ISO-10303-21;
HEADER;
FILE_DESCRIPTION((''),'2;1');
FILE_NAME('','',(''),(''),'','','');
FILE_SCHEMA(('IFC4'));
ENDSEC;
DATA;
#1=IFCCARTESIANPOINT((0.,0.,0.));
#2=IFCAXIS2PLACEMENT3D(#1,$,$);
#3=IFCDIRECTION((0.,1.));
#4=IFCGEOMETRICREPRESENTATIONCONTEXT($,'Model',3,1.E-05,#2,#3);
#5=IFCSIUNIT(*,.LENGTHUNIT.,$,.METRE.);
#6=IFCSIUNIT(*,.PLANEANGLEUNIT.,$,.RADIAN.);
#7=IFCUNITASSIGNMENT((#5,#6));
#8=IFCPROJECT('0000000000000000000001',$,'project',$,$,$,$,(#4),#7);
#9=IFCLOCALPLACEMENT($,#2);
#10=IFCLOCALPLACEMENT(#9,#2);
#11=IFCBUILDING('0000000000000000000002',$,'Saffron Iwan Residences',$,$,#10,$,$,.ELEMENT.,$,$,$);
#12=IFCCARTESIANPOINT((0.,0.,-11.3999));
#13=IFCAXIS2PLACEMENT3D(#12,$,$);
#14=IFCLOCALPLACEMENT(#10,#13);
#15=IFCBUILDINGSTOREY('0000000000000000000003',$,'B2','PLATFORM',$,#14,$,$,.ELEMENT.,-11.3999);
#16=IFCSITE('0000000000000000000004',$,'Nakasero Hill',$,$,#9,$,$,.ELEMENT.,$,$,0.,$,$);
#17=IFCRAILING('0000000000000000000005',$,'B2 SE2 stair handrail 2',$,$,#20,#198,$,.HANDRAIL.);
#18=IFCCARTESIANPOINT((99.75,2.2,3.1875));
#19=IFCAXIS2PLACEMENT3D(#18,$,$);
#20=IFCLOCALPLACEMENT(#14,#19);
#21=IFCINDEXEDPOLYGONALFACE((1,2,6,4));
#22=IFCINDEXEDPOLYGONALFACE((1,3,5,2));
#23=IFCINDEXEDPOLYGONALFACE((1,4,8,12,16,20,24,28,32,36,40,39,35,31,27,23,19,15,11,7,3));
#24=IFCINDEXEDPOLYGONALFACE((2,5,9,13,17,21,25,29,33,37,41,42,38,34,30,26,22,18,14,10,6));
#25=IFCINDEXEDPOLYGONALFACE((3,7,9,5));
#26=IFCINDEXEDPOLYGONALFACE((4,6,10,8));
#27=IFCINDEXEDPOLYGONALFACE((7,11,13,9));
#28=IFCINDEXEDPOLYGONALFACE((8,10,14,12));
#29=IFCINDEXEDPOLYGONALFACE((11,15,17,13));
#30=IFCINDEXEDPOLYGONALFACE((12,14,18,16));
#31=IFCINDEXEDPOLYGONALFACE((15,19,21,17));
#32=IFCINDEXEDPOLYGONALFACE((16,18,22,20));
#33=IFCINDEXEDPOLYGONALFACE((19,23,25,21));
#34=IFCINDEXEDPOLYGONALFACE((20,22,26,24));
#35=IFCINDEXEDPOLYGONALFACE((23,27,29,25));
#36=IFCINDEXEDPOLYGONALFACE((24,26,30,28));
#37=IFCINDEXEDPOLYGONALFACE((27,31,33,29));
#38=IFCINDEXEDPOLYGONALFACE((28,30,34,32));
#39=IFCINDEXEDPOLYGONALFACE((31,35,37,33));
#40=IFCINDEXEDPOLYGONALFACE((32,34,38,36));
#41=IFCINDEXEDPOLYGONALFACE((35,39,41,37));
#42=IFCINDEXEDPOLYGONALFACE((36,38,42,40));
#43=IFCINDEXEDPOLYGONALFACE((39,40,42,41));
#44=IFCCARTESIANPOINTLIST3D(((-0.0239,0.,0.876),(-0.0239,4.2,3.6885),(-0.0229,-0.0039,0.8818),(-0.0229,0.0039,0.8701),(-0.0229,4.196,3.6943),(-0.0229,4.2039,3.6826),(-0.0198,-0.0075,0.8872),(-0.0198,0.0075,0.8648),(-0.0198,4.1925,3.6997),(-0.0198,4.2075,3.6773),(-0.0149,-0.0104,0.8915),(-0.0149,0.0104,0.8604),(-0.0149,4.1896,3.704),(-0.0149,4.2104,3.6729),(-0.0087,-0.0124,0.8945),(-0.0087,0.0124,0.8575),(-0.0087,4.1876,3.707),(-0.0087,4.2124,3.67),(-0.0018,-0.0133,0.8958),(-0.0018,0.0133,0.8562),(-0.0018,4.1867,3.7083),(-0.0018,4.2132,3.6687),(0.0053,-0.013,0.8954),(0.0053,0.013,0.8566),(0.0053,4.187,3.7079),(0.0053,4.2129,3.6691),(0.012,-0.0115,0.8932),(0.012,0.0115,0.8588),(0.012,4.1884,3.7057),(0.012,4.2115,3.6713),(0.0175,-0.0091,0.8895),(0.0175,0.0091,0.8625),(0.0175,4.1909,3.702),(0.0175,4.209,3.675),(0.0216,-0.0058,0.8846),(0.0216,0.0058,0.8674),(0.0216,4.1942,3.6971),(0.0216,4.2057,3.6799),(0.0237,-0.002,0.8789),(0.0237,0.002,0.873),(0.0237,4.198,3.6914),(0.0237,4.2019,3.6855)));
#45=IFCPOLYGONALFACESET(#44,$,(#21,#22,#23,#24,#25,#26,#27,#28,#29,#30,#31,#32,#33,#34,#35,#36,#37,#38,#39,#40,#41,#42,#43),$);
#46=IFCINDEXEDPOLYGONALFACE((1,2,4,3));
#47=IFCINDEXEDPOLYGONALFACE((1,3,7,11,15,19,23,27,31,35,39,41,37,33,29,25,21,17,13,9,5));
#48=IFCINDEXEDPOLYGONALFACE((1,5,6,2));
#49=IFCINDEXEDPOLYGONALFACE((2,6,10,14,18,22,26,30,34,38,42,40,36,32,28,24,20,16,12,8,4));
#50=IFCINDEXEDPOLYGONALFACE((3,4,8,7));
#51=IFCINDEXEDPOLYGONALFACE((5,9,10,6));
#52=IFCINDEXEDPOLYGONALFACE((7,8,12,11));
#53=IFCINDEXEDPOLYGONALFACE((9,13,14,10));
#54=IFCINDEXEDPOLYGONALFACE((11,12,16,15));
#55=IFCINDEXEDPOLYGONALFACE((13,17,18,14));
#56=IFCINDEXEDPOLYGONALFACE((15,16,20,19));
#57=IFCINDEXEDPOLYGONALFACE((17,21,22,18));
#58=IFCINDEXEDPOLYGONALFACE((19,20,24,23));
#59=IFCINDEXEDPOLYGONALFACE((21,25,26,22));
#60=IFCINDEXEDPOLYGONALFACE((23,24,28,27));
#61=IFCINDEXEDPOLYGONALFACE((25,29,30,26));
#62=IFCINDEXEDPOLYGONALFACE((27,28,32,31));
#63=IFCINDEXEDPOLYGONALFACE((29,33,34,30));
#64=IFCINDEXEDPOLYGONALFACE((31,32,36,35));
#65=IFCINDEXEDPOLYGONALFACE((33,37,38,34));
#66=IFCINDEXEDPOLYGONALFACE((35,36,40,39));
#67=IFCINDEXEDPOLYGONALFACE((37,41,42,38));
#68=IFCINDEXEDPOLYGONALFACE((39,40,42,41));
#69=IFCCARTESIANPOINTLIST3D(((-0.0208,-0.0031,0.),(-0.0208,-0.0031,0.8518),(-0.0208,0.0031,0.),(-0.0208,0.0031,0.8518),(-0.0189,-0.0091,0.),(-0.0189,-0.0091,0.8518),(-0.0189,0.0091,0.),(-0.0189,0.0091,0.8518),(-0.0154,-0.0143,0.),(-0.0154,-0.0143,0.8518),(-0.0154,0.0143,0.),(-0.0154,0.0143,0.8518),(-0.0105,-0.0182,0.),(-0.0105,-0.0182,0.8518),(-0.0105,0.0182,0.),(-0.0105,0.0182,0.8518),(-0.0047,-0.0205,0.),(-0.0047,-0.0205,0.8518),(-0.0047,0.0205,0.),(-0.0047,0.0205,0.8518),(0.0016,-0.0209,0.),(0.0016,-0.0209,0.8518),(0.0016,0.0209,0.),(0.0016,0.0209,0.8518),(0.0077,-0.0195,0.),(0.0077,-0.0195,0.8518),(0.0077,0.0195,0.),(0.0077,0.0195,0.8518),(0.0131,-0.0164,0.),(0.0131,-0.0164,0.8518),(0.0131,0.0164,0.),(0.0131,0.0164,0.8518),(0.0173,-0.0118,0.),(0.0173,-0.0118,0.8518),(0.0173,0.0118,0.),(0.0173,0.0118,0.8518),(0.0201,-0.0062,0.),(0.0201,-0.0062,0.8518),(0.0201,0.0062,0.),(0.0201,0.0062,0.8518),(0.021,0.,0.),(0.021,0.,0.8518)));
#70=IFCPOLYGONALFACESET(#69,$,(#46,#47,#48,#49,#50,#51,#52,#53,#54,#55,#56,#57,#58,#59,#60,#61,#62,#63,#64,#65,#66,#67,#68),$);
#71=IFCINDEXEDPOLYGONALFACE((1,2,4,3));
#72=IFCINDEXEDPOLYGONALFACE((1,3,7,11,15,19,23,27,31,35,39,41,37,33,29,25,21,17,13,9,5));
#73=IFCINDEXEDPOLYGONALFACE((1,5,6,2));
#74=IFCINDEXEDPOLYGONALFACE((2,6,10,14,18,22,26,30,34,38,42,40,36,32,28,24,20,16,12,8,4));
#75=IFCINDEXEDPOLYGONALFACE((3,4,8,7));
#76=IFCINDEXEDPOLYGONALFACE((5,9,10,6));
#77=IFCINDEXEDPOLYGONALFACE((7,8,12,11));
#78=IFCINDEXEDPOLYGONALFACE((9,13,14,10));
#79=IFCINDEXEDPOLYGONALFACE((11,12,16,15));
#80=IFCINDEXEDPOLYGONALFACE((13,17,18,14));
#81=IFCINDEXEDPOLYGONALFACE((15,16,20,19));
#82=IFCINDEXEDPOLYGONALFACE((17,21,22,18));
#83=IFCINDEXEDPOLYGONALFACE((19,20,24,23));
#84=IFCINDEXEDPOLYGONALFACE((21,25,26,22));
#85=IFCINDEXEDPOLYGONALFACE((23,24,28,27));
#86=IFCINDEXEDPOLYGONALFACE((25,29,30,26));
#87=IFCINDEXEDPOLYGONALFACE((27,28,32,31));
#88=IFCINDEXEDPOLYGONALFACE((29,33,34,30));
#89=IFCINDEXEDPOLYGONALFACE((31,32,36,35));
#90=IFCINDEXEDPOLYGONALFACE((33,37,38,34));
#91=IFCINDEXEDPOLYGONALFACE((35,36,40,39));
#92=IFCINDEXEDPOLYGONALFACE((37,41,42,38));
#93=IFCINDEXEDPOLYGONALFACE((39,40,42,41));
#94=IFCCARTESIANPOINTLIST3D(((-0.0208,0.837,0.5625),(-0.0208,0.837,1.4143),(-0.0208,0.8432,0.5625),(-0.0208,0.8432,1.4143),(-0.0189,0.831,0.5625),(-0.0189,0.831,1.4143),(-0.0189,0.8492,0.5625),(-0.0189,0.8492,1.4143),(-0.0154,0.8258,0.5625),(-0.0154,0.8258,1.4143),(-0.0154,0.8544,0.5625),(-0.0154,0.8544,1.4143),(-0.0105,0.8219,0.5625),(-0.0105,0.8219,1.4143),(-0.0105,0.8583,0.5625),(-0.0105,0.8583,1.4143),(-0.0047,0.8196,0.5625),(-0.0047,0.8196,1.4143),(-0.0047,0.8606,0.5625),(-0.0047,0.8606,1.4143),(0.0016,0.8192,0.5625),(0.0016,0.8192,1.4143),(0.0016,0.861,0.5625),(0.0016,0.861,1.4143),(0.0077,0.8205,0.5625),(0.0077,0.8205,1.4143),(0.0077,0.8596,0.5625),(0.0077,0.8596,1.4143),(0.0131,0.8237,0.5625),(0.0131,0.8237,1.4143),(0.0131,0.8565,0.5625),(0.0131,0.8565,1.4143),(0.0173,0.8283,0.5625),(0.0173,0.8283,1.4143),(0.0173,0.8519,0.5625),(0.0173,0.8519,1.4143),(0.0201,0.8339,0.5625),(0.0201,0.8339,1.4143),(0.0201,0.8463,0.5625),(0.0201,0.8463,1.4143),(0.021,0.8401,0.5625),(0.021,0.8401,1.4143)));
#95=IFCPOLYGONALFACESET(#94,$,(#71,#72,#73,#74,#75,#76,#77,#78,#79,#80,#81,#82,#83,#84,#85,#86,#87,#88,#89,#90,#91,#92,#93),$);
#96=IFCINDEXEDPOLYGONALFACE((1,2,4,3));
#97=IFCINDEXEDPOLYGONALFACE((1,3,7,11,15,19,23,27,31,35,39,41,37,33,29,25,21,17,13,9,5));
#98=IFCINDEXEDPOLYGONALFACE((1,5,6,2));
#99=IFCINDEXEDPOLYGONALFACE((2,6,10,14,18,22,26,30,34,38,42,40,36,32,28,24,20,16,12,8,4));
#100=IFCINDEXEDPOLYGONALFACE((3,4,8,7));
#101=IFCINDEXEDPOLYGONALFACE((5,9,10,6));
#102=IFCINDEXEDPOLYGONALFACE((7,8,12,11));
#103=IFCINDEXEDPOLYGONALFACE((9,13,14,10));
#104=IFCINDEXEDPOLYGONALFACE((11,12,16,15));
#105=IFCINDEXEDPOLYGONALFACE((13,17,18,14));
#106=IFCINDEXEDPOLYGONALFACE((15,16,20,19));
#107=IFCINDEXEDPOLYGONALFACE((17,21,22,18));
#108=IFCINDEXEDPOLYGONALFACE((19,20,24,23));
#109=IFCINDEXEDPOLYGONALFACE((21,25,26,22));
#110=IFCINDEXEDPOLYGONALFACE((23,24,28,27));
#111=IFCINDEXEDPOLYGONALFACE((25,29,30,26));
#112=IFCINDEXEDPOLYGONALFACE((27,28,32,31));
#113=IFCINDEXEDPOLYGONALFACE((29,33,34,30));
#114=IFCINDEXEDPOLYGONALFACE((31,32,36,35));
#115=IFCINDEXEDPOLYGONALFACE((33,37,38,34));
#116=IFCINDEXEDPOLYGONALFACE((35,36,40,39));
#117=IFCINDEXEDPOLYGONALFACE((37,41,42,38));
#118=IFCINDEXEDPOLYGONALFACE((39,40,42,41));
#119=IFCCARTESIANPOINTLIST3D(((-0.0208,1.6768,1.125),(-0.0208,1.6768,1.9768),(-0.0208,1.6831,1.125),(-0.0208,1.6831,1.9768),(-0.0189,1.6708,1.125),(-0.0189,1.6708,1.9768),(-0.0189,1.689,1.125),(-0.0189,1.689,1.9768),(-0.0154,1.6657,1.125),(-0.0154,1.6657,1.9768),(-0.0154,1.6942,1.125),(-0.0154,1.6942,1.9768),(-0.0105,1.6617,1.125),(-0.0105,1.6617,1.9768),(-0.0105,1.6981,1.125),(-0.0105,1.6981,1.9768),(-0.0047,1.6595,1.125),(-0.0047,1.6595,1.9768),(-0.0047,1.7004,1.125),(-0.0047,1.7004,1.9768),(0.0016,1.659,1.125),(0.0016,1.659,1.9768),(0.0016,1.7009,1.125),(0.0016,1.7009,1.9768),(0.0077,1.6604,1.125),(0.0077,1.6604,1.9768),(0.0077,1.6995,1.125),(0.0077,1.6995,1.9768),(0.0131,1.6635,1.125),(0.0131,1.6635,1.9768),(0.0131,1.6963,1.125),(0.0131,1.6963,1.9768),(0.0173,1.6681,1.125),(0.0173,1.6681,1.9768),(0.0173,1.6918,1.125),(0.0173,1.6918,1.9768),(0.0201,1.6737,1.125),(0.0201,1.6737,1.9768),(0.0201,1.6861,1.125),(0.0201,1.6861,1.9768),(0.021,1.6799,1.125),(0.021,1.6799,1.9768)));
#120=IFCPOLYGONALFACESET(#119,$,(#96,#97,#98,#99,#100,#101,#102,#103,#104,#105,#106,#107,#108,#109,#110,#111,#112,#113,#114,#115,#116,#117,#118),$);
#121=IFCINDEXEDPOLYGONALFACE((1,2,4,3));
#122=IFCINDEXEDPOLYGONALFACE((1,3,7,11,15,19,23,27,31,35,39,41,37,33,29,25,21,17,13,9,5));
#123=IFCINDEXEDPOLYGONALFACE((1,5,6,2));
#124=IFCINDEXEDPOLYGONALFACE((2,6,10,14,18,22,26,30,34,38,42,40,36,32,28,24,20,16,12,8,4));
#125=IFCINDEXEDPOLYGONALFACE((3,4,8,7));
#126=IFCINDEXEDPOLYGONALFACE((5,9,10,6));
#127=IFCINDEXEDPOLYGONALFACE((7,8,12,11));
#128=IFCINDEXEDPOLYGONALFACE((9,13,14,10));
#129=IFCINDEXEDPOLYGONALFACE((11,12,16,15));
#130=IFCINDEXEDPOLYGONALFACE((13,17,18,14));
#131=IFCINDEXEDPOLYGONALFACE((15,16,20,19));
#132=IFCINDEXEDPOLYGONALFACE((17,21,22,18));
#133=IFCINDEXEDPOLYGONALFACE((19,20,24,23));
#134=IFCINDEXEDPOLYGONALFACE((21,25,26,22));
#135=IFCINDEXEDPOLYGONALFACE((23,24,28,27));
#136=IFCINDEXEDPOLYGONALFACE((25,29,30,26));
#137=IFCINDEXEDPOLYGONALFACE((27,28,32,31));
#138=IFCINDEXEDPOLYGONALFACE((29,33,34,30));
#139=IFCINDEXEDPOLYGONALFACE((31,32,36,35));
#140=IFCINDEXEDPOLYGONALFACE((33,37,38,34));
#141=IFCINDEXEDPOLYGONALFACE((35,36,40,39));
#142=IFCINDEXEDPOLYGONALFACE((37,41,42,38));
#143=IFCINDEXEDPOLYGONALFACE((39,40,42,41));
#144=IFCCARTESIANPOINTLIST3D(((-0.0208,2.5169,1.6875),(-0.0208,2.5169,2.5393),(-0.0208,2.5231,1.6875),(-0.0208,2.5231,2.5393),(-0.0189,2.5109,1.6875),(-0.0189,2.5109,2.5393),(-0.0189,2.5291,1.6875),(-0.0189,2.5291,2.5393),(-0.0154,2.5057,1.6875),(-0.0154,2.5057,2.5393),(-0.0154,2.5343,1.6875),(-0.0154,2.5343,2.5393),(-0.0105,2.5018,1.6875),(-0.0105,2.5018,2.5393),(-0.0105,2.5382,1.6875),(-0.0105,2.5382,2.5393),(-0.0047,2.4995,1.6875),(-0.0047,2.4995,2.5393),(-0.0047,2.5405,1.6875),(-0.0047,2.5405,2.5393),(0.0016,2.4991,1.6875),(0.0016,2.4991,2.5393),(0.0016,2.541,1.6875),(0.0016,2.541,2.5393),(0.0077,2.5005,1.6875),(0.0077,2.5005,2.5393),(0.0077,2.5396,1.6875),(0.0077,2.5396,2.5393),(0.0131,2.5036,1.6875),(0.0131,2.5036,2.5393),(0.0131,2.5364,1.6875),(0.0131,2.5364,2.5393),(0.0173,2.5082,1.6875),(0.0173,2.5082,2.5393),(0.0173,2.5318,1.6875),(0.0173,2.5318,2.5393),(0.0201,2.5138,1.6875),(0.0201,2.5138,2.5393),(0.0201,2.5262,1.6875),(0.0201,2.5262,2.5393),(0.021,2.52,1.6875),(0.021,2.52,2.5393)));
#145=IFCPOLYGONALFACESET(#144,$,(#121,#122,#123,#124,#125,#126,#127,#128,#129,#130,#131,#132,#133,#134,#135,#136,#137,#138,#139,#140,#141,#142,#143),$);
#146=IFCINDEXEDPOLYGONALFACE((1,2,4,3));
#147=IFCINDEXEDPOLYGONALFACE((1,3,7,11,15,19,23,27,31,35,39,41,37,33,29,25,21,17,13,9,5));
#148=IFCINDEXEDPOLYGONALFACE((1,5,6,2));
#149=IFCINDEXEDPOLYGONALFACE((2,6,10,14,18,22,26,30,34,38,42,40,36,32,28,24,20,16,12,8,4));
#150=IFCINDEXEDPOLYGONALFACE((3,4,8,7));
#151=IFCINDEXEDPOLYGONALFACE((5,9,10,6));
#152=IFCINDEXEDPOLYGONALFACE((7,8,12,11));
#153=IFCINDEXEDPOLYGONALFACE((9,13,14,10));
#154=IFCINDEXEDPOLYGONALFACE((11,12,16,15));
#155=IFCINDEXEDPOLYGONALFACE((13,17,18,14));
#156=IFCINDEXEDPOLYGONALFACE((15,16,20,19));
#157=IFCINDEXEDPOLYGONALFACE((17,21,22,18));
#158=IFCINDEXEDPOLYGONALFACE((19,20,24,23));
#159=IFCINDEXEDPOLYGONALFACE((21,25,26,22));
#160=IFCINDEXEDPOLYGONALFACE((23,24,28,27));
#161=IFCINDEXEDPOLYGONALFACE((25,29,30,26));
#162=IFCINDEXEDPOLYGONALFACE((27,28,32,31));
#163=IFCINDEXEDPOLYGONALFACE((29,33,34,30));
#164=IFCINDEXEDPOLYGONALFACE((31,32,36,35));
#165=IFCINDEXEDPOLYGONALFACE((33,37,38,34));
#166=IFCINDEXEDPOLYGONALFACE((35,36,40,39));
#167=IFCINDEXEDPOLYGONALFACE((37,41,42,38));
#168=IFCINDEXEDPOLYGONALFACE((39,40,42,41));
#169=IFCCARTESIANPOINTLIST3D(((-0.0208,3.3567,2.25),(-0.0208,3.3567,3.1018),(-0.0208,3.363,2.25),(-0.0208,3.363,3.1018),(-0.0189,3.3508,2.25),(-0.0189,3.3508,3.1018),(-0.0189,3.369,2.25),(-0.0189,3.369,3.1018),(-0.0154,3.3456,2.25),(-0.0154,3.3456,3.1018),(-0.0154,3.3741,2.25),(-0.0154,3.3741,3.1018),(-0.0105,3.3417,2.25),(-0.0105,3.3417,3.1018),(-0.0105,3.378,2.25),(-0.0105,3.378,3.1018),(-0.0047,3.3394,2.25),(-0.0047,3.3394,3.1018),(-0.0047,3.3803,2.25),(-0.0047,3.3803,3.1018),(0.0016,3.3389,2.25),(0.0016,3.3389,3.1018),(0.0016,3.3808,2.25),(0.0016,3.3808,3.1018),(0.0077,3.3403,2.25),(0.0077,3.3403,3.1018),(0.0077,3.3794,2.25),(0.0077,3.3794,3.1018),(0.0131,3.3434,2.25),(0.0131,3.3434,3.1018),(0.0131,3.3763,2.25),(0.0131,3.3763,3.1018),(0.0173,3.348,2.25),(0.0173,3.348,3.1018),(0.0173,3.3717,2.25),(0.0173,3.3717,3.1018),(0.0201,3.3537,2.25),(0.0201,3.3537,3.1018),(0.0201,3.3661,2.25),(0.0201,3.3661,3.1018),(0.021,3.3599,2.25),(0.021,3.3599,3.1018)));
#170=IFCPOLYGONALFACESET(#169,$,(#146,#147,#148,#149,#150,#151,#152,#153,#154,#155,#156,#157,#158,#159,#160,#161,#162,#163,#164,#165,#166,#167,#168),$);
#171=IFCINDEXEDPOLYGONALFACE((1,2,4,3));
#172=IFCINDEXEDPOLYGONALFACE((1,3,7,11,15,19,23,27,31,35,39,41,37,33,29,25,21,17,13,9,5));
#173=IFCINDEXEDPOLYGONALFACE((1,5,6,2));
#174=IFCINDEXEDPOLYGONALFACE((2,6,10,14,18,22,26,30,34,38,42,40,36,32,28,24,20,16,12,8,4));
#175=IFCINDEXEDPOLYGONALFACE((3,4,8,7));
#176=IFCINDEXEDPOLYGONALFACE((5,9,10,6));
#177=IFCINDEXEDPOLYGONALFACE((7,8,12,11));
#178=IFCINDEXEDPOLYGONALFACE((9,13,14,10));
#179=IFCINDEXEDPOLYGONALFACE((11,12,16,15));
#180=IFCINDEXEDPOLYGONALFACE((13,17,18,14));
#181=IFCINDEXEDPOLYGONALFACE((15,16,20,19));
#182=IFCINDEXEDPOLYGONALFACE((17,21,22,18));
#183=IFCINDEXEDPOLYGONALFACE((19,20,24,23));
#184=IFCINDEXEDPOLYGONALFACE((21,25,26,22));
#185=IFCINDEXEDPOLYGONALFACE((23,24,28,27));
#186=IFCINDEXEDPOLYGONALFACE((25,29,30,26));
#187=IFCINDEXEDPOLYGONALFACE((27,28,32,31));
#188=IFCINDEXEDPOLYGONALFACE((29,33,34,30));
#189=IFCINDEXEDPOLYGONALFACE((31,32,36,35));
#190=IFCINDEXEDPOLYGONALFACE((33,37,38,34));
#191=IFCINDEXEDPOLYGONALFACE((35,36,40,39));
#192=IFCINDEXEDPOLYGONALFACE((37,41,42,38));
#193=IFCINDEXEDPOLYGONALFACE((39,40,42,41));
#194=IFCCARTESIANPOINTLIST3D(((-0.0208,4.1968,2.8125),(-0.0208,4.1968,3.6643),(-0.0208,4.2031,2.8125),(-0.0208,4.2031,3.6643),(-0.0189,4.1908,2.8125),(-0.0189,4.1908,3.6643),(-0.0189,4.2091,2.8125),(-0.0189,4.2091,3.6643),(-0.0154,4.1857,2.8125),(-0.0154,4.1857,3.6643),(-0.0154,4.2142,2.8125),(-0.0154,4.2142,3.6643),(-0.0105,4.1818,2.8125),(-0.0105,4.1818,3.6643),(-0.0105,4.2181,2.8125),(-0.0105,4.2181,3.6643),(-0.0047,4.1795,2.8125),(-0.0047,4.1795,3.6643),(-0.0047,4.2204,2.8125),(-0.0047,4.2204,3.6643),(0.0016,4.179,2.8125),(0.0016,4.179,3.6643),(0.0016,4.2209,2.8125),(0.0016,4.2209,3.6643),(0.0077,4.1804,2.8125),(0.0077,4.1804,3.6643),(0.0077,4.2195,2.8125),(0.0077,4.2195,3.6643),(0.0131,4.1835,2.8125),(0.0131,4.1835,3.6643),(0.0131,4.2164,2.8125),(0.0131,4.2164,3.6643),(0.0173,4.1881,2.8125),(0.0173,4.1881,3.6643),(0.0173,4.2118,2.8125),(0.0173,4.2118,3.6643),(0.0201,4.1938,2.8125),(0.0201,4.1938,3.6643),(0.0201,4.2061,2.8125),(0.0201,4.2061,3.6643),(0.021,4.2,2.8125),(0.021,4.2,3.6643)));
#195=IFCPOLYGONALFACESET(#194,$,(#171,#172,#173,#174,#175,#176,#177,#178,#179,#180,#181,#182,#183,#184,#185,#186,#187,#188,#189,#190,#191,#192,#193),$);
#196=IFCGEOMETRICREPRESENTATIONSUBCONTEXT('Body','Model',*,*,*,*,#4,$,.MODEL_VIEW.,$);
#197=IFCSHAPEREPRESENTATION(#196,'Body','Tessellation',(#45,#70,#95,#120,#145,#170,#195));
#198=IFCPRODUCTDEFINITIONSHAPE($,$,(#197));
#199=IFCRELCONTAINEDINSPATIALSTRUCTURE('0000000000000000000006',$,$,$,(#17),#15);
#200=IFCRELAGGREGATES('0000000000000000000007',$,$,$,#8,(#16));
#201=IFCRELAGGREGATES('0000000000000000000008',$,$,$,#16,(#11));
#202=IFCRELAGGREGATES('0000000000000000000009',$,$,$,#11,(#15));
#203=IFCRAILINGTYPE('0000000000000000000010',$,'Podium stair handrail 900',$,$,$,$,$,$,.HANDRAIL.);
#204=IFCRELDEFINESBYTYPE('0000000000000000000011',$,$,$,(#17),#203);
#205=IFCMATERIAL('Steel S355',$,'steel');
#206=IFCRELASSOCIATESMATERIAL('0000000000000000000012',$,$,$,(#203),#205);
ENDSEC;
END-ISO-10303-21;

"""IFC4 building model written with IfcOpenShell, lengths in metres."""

from ifc_helpers import new_model, si_unit, direction, frame, origin, origin_2d, place, context, subcontext, project, spatial, circle, extrude, material, type_object, element, save


model = new_model("IFC4")

# Units and contexts
model_context = context("Model", 3, precision=1e-05, world=origin(), true_north=direction((0.0, 1.0)))
body_context = subcontext(model_context, "Body", "Model", "MODEL_VIEW")
ifc_project = project(units=[si_unit("LENGTHUNIT", "METRE"), si_unit("PLANEANGLEUNIT", "RADIAN")], contexts=[model_context])

# Site, building, storey
site_placement = place(None, origin())
site = spatial("IfcSite", under=ifc_project, at=site_placement, Name="Nakasero Hill", CompositionType="ELEMENT", RefElevation=0.0)
building_placement = place(site_placement, origin())
building = spatial("IfcBuilding", under=site, at=building_placement, Name="Saffron Iwan Residences", CompositionType="ELEMENT")
storey_placement = place(building_placement, frame((0.0, 0.0, -11.3999)))
storey = spatial("IfcBuildingStorey", under=building, at=storey_placement, Name="B2", Description="PLATFORM", CompositionType="ELEMENT", Elevation=-11.3999)

# Railing
ifc_material_1 = material(Name="Steel S355", Category="steel")
railing_type_1 = type_object("IfcRailingType", Name="Podium stair handrail 900", PredefinedType="HANDRAIL", material=ifc_material_1)
railing_1_placement = place(storey_placement, frame((99.75, 2.2, 3.1875)))
element("IfcRailing", 1, at=railing_1_placement, inside=storey, type_object=railing_type_1, Name="B2 SE2 stair handrail 2", PredefinedType="HANDRAIL", context=body_context, shape_type="SweptSolid", body=[
    extrude(circle(Radius=0.0239, at=origin_2d()), frame((0.0, 0.0, 0.876), z_axis=(0.0, 0.830904, 0.556416), x_axis=(-1.0, 0.0, 0.0)), (0.0, 0.0, 1.0), 5.0547),
    extrude(circle(Radius=0.021, at=origin_2d()), origin(), (0.0, 0.0, 1.0), 0.8518),
    extrude(circle(Radius=0.021, at=origin_2d()), frame((0.0, 0.8401, 0.5625)), (0.0, 0.0, 1.0), 0.8518),
    extrude(circle(Radius=0.021, at=origin_2d()), frame((0.0, 1.6799, 1.125)), (0.0, 0.0, 1.0), 0.8518),
    extrude(circle(Radius=0.021, at=origin_2d()), frame((0.0, 2.52, 1.6875)), (0.0, 0.0, 1.0), 0.8518),
    extrude(circle(Radius=0.021, at=origin_2d()), frame((0.0, 3.3599, 2.25)), (0.0, 0.0, 1.0), 0.8518),
    extrude(circle(Radius=0.021, at=origin_2d()), frame((0.0, 4.2, 2.8125)), (0.0, 0.0, 1.0), 0.8518),
])

save(model, "model.ifc")
